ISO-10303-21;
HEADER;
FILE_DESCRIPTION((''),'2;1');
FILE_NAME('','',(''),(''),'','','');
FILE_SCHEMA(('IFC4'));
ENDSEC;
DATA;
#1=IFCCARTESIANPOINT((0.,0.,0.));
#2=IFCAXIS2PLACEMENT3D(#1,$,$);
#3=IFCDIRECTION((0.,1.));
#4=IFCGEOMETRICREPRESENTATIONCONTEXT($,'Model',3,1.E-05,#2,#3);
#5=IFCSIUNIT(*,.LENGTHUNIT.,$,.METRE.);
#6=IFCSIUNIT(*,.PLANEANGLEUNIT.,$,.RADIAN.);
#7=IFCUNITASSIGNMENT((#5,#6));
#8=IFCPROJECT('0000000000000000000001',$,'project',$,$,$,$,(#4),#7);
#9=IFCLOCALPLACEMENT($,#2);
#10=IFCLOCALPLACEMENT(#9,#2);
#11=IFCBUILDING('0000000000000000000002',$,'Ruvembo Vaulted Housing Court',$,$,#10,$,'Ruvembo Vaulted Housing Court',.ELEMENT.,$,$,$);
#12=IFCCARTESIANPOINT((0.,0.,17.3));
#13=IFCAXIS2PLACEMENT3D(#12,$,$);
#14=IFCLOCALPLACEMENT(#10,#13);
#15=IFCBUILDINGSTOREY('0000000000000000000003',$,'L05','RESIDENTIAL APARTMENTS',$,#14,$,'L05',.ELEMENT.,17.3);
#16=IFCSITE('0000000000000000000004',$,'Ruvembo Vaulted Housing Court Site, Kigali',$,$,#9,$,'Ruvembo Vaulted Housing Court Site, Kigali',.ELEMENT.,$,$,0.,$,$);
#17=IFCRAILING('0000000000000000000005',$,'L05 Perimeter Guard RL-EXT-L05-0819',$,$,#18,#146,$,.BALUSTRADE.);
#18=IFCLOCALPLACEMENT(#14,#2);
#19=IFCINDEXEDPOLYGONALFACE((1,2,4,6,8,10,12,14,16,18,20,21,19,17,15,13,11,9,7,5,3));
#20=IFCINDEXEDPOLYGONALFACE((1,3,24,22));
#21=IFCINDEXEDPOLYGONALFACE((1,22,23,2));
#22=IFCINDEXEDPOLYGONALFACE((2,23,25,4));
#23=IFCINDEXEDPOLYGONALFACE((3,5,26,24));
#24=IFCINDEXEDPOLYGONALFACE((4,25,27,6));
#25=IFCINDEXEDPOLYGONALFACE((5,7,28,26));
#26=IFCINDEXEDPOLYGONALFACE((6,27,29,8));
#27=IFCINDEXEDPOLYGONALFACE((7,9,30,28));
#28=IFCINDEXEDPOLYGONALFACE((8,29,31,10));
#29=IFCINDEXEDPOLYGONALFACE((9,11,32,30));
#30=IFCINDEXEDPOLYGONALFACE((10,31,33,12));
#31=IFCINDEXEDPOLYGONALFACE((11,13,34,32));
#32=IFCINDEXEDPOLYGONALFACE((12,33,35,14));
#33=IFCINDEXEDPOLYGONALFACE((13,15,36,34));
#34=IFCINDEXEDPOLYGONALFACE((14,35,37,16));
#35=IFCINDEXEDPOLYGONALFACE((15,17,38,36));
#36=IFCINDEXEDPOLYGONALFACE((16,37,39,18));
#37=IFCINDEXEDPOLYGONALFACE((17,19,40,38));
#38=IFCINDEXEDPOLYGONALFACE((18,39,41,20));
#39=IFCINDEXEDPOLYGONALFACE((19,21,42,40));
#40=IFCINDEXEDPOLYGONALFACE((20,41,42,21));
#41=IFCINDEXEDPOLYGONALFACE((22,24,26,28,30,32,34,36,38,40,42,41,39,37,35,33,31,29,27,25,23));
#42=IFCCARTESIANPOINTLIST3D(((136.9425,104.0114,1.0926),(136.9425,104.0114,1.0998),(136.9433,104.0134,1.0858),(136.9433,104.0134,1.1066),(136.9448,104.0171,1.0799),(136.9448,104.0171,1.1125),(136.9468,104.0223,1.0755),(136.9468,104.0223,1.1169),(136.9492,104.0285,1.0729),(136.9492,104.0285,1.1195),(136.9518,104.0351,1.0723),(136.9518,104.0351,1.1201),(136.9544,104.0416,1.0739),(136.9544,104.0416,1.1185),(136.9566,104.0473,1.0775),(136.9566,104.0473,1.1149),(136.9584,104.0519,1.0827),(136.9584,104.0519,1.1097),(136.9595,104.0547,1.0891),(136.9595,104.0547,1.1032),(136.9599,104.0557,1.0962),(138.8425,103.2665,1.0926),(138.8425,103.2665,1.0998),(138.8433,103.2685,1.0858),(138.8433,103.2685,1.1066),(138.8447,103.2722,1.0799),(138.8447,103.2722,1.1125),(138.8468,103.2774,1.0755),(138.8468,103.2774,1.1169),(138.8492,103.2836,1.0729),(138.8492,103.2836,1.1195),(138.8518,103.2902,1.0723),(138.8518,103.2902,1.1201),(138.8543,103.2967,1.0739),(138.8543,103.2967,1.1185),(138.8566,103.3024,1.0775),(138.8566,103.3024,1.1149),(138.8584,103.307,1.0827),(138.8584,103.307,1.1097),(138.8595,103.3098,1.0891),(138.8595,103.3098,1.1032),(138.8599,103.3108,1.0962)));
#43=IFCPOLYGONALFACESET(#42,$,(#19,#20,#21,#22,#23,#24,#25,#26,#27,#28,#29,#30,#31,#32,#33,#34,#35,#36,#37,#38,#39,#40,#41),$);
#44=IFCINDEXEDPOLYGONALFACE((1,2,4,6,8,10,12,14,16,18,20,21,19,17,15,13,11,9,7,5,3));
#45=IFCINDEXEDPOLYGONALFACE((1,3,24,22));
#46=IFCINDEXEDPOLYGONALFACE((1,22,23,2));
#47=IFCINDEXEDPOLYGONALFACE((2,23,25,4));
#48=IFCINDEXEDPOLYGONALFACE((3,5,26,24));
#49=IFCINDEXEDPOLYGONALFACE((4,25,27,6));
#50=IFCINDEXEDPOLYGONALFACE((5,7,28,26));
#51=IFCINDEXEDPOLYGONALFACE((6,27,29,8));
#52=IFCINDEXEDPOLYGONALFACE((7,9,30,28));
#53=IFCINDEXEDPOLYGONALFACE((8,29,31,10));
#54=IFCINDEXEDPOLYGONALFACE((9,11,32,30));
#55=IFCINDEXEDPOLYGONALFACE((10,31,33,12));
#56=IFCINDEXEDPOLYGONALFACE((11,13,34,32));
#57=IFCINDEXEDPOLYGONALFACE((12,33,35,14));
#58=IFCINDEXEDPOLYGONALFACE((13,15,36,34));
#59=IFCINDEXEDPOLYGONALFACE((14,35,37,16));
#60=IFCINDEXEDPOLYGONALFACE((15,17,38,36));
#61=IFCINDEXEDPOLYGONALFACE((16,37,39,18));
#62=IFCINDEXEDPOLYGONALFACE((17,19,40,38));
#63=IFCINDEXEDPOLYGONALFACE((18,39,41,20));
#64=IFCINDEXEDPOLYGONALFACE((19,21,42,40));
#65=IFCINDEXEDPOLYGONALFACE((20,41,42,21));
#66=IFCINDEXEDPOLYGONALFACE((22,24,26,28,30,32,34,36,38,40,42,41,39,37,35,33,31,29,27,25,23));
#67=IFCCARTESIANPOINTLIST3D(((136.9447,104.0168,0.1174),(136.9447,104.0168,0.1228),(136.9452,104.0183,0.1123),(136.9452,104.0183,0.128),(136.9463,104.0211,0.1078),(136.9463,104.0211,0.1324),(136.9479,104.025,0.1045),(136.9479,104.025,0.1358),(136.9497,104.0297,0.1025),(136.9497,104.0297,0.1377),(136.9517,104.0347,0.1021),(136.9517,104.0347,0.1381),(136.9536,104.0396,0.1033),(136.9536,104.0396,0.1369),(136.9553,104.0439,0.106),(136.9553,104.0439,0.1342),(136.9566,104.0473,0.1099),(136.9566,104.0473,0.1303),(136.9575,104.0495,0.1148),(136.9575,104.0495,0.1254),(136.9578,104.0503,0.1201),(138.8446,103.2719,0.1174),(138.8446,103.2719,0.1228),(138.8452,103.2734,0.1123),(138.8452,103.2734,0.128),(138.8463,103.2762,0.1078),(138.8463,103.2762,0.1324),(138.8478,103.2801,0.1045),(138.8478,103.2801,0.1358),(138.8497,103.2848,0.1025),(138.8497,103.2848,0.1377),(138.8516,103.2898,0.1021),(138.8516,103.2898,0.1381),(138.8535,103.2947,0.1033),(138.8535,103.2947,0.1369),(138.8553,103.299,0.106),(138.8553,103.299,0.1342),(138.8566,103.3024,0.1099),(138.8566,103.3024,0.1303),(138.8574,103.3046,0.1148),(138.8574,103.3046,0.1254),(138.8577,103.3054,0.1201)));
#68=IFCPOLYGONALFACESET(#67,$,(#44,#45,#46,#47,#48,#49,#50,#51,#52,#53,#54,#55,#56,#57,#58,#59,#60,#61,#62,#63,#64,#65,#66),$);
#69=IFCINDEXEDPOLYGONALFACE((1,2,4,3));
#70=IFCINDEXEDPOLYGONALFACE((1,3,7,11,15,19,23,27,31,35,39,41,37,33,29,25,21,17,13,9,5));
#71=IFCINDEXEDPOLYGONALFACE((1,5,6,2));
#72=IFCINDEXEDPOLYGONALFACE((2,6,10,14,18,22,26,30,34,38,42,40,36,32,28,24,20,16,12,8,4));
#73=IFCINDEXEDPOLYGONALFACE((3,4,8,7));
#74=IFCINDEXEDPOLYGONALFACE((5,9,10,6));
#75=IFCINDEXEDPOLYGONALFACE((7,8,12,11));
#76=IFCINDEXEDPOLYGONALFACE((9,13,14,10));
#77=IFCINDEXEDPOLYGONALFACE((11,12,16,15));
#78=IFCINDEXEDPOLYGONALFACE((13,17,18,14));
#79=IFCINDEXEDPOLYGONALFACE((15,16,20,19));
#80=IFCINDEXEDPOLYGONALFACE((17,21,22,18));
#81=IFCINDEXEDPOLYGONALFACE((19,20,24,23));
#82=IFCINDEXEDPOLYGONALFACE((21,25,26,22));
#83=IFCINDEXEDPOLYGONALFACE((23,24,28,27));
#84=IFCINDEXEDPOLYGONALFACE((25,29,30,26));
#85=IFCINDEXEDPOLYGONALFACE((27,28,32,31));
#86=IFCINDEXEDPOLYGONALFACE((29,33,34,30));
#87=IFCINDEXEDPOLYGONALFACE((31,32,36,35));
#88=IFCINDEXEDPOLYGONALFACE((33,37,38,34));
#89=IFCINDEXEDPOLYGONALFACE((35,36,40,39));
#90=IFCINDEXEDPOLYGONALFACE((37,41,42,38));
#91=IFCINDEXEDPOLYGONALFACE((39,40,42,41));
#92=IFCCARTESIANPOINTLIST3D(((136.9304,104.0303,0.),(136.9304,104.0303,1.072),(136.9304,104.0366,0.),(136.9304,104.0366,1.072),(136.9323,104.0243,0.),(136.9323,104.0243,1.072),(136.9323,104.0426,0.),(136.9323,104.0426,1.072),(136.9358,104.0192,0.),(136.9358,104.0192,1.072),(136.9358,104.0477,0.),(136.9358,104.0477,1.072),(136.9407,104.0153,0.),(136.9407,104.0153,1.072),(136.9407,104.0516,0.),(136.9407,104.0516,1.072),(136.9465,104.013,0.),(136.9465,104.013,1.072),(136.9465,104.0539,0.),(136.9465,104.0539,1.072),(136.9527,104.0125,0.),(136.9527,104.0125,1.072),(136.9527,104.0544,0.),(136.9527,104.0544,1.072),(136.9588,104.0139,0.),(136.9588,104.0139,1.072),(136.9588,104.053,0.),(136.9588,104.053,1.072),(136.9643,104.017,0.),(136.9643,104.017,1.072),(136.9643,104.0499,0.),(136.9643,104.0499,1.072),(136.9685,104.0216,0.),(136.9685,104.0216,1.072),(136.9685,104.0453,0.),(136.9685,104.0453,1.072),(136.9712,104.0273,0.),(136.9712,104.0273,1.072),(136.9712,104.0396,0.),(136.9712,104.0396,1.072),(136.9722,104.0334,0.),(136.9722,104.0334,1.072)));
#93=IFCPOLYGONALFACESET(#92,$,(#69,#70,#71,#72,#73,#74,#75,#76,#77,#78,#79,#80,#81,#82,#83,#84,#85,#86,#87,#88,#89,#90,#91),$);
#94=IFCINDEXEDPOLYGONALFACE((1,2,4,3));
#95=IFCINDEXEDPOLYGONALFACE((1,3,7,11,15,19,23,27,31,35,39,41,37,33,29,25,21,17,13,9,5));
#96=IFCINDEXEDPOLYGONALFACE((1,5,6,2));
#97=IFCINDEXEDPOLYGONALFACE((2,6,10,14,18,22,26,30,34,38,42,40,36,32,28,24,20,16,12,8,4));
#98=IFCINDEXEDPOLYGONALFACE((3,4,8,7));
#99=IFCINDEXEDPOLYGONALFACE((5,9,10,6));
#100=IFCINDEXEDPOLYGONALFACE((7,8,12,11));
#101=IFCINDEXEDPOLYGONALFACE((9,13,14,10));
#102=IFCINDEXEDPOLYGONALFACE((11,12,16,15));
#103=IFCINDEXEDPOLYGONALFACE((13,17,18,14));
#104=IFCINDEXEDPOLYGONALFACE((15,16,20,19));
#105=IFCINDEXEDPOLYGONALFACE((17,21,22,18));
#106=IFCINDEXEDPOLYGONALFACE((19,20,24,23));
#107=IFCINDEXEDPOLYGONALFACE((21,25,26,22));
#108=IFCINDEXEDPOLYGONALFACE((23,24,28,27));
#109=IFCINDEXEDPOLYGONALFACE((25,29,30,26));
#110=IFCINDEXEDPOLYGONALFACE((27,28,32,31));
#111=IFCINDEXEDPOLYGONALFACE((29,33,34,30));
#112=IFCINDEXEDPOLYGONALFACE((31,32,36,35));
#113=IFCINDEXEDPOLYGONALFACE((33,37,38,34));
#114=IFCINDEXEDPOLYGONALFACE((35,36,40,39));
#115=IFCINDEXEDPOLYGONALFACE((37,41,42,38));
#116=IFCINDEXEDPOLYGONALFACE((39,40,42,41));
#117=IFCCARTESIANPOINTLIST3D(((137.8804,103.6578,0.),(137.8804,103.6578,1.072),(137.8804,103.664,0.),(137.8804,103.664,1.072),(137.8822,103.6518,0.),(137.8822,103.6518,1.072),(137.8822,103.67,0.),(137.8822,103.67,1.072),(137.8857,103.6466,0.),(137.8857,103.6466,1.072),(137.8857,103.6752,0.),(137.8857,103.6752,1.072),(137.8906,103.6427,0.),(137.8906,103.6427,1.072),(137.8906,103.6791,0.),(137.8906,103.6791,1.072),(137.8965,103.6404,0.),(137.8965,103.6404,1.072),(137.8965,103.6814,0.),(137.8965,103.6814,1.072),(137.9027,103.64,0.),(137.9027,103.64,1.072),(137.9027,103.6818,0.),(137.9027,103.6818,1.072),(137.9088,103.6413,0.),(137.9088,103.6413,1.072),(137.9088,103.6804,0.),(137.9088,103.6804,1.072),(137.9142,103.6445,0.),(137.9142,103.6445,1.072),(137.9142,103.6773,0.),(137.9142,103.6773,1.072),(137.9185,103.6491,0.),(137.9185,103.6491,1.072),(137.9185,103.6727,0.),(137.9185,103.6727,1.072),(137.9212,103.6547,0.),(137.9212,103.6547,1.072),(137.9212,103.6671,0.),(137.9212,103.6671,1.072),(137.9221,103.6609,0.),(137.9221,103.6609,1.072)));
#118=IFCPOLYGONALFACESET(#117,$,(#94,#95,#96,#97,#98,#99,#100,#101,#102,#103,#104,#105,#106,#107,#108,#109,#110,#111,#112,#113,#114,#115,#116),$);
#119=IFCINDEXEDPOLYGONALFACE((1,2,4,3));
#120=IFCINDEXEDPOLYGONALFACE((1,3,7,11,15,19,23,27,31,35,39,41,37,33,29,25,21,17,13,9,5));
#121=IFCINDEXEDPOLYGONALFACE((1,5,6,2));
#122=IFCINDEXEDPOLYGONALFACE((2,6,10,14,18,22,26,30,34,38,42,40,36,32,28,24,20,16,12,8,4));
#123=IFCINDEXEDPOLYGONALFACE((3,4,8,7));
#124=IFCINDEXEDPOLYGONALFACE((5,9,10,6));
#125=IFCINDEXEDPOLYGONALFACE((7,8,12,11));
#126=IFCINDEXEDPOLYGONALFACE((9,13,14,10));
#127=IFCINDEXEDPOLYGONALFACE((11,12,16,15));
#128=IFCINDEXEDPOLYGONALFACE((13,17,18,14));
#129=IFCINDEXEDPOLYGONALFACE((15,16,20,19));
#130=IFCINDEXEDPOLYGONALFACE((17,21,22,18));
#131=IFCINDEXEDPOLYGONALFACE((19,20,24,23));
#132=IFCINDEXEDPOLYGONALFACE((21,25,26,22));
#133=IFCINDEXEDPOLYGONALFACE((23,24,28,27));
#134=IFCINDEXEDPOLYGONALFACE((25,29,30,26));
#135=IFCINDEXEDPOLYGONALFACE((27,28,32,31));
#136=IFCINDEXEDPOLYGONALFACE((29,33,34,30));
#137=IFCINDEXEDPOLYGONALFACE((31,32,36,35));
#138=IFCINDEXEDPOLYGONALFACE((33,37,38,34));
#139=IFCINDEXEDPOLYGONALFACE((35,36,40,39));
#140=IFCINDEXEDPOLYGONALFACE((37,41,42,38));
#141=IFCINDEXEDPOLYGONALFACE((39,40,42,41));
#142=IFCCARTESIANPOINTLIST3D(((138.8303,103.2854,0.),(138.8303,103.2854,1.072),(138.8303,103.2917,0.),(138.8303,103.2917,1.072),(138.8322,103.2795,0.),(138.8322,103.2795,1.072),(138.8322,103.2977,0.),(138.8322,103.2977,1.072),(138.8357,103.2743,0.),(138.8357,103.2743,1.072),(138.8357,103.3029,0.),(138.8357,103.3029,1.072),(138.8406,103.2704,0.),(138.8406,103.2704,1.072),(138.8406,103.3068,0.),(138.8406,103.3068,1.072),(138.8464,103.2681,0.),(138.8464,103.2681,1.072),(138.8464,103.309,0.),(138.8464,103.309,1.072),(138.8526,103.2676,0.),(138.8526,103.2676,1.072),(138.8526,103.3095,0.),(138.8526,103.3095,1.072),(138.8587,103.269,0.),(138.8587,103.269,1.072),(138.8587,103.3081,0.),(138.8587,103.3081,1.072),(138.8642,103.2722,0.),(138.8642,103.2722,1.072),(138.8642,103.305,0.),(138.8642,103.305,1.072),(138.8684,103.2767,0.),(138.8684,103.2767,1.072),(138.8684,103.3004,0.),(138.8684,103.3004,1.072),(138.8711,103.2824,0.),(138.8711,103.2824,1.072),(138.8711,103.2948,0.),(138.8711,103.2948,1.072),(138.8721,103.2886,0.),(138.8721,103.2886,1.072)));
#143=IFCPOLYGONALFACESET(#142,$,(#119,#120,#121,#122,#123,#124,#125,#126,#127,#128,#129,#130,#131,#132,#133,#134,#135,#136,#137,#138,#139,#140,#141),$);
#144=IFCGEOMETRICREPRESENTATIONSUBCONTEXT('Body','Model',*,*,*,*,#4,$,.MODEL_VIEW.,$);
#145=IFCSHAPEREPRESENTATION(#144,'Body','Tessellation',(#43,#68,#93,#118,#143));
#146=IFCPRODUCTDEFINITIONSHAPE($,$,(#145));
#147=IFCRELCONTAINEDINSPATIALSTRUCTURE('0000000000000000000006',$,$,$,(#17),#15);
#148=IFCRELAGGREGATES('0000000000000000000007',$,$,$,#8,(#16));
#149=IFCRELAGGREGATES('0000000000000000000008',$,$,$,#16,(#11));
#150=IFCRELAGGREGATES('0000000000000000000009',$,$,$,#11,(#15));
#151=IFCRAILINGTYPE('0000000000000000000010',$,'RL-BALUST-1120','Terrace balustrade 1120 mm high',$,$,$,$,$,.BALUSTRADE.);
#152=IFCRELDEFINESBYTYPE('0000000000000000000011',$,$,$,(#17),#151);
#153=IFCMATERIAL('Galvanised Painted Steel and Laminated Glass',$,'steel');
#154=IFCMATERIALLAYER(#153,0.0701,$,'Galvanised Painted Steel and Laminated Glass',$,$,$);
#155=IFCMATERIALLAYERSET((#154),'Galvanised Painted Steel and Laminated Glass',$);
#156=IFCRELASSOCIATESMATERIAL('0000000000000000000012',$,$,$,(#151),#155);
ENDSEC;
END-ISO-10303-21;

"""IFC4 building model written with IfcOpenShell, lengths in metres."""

from ifc_helpers import new_model, si_unit, direction, frame, origin, origin_2d, place, context, subcontext, project, spatial, circle, extrude, material, layer, layer_set, type_object, element, save


model = new_model("IFC4")

# Units and contexts
model_context = context("Model", 3, precision=1e-05, world=origin(), true_north=direction((0.0, 1.0)))
body_context = subcontext(model_context, "Body", "Model", "MODEL_VIEW")
ifc_project = project(units=[si_unit("LENGTHUNIT", "METRE"), si_unit("PLANEANGLEUNIT", "RADIAN")], contexts=[model_context])

# Site, building, storey
site_placement = place(None, origin())
site = spatial("IfcSite", under=ifc_project, at=site_placement, Name="Ruvembo Vaulted Housing Court Site, Kigali", LongName="Ruvembo Vaulted Housing Court Site, Kigali", CompositionType="ELEMENT", RefElevation=0.0)
building_placement = place(site_placement, origin())
building = spatial("IfcBuilding", under=site, at=building_placement, Name="Ruvembo Vaulted Housing Court", LongName="Ruvembo Vaulted Housing Court", CompositionType="ELEMENT")
storey_placement = place(building_placement, frame((0.0, 0.0, 17.3)))
storey = spatial("IfcBuildingStorey", under=building, at=storey_placement, Name="L05", Description="RESIDENTIAL APARTMENTS", LongName="L05", CompositionType="ELEMENT", Elevation=17.3)

# Railing
ifc_material_1 = material(Name="Galvanised Painted Steel and Laminated Glass", Category="steel")
ifc_layer_1 = layer(ifc_material_1, 0.0701, Name="Galvanised Painted Steel and Laminated Glass")
ifc_layer_set_1 = layer_set([ifc_layer_1], Name="Galvanised Painted Steel and Laminated Glass")
railing_type = type_object("IfcRailingType", Name="RL-BALUST-1120", Description="Terrace balustrade 1120 mm high", PredefinedType="BALUSTRADE", material=ifc_layer_set_1)
railing_1_placement = place(storey_placement, frame((136.9512, 104.0334, 0.0)))
element("IfcRailing", 1, at=railing_1_placement, inside=storey, type_object=railing_type, Name="L05 Perimeter Guard RL-EXT-L05-0819", PredefinedType="BALUSTRADE", context=body_context, shape_type="SweptSolid", body=[
    extrude(circle(Radius=0.0239, at=origin_2d()), frame((0.0, 0.0, 1.0962), z_axis=(0.931004, -0.365008, 0.0), x_axis=(0.365008, 0.931004, 0.0)), (0.0, 0.0, 1.0), 2.0408),
    extrude(circle(Radius=0.0181, at=origin_2d()), frame((0.0, 0.0, 0.1201), z_axis=(0.931004, -0.365008, 0.0), x_axis=(0.365008, 0.931004, 0.0)), (0.0, 0.0, 1.0), 2.0408),
    extrude(circle(Radius=0.021, at=origin_2d()), origin(), (0.0, 0.0, 1.0), 1.072),
    extrude(circle(Radius=0.021, at=origin_2d()), frame((0.95, -0.3726, 0.0)), (0.0, 0.0, 1.0), 1.072),
    extrude(circle(Radius=0.021, at=origin_2d()), frame((1.8999, -0.7449, 0.0)), (0.0, 0.0, 1.0), 1.072),
])

save(model, "model.ifc")
